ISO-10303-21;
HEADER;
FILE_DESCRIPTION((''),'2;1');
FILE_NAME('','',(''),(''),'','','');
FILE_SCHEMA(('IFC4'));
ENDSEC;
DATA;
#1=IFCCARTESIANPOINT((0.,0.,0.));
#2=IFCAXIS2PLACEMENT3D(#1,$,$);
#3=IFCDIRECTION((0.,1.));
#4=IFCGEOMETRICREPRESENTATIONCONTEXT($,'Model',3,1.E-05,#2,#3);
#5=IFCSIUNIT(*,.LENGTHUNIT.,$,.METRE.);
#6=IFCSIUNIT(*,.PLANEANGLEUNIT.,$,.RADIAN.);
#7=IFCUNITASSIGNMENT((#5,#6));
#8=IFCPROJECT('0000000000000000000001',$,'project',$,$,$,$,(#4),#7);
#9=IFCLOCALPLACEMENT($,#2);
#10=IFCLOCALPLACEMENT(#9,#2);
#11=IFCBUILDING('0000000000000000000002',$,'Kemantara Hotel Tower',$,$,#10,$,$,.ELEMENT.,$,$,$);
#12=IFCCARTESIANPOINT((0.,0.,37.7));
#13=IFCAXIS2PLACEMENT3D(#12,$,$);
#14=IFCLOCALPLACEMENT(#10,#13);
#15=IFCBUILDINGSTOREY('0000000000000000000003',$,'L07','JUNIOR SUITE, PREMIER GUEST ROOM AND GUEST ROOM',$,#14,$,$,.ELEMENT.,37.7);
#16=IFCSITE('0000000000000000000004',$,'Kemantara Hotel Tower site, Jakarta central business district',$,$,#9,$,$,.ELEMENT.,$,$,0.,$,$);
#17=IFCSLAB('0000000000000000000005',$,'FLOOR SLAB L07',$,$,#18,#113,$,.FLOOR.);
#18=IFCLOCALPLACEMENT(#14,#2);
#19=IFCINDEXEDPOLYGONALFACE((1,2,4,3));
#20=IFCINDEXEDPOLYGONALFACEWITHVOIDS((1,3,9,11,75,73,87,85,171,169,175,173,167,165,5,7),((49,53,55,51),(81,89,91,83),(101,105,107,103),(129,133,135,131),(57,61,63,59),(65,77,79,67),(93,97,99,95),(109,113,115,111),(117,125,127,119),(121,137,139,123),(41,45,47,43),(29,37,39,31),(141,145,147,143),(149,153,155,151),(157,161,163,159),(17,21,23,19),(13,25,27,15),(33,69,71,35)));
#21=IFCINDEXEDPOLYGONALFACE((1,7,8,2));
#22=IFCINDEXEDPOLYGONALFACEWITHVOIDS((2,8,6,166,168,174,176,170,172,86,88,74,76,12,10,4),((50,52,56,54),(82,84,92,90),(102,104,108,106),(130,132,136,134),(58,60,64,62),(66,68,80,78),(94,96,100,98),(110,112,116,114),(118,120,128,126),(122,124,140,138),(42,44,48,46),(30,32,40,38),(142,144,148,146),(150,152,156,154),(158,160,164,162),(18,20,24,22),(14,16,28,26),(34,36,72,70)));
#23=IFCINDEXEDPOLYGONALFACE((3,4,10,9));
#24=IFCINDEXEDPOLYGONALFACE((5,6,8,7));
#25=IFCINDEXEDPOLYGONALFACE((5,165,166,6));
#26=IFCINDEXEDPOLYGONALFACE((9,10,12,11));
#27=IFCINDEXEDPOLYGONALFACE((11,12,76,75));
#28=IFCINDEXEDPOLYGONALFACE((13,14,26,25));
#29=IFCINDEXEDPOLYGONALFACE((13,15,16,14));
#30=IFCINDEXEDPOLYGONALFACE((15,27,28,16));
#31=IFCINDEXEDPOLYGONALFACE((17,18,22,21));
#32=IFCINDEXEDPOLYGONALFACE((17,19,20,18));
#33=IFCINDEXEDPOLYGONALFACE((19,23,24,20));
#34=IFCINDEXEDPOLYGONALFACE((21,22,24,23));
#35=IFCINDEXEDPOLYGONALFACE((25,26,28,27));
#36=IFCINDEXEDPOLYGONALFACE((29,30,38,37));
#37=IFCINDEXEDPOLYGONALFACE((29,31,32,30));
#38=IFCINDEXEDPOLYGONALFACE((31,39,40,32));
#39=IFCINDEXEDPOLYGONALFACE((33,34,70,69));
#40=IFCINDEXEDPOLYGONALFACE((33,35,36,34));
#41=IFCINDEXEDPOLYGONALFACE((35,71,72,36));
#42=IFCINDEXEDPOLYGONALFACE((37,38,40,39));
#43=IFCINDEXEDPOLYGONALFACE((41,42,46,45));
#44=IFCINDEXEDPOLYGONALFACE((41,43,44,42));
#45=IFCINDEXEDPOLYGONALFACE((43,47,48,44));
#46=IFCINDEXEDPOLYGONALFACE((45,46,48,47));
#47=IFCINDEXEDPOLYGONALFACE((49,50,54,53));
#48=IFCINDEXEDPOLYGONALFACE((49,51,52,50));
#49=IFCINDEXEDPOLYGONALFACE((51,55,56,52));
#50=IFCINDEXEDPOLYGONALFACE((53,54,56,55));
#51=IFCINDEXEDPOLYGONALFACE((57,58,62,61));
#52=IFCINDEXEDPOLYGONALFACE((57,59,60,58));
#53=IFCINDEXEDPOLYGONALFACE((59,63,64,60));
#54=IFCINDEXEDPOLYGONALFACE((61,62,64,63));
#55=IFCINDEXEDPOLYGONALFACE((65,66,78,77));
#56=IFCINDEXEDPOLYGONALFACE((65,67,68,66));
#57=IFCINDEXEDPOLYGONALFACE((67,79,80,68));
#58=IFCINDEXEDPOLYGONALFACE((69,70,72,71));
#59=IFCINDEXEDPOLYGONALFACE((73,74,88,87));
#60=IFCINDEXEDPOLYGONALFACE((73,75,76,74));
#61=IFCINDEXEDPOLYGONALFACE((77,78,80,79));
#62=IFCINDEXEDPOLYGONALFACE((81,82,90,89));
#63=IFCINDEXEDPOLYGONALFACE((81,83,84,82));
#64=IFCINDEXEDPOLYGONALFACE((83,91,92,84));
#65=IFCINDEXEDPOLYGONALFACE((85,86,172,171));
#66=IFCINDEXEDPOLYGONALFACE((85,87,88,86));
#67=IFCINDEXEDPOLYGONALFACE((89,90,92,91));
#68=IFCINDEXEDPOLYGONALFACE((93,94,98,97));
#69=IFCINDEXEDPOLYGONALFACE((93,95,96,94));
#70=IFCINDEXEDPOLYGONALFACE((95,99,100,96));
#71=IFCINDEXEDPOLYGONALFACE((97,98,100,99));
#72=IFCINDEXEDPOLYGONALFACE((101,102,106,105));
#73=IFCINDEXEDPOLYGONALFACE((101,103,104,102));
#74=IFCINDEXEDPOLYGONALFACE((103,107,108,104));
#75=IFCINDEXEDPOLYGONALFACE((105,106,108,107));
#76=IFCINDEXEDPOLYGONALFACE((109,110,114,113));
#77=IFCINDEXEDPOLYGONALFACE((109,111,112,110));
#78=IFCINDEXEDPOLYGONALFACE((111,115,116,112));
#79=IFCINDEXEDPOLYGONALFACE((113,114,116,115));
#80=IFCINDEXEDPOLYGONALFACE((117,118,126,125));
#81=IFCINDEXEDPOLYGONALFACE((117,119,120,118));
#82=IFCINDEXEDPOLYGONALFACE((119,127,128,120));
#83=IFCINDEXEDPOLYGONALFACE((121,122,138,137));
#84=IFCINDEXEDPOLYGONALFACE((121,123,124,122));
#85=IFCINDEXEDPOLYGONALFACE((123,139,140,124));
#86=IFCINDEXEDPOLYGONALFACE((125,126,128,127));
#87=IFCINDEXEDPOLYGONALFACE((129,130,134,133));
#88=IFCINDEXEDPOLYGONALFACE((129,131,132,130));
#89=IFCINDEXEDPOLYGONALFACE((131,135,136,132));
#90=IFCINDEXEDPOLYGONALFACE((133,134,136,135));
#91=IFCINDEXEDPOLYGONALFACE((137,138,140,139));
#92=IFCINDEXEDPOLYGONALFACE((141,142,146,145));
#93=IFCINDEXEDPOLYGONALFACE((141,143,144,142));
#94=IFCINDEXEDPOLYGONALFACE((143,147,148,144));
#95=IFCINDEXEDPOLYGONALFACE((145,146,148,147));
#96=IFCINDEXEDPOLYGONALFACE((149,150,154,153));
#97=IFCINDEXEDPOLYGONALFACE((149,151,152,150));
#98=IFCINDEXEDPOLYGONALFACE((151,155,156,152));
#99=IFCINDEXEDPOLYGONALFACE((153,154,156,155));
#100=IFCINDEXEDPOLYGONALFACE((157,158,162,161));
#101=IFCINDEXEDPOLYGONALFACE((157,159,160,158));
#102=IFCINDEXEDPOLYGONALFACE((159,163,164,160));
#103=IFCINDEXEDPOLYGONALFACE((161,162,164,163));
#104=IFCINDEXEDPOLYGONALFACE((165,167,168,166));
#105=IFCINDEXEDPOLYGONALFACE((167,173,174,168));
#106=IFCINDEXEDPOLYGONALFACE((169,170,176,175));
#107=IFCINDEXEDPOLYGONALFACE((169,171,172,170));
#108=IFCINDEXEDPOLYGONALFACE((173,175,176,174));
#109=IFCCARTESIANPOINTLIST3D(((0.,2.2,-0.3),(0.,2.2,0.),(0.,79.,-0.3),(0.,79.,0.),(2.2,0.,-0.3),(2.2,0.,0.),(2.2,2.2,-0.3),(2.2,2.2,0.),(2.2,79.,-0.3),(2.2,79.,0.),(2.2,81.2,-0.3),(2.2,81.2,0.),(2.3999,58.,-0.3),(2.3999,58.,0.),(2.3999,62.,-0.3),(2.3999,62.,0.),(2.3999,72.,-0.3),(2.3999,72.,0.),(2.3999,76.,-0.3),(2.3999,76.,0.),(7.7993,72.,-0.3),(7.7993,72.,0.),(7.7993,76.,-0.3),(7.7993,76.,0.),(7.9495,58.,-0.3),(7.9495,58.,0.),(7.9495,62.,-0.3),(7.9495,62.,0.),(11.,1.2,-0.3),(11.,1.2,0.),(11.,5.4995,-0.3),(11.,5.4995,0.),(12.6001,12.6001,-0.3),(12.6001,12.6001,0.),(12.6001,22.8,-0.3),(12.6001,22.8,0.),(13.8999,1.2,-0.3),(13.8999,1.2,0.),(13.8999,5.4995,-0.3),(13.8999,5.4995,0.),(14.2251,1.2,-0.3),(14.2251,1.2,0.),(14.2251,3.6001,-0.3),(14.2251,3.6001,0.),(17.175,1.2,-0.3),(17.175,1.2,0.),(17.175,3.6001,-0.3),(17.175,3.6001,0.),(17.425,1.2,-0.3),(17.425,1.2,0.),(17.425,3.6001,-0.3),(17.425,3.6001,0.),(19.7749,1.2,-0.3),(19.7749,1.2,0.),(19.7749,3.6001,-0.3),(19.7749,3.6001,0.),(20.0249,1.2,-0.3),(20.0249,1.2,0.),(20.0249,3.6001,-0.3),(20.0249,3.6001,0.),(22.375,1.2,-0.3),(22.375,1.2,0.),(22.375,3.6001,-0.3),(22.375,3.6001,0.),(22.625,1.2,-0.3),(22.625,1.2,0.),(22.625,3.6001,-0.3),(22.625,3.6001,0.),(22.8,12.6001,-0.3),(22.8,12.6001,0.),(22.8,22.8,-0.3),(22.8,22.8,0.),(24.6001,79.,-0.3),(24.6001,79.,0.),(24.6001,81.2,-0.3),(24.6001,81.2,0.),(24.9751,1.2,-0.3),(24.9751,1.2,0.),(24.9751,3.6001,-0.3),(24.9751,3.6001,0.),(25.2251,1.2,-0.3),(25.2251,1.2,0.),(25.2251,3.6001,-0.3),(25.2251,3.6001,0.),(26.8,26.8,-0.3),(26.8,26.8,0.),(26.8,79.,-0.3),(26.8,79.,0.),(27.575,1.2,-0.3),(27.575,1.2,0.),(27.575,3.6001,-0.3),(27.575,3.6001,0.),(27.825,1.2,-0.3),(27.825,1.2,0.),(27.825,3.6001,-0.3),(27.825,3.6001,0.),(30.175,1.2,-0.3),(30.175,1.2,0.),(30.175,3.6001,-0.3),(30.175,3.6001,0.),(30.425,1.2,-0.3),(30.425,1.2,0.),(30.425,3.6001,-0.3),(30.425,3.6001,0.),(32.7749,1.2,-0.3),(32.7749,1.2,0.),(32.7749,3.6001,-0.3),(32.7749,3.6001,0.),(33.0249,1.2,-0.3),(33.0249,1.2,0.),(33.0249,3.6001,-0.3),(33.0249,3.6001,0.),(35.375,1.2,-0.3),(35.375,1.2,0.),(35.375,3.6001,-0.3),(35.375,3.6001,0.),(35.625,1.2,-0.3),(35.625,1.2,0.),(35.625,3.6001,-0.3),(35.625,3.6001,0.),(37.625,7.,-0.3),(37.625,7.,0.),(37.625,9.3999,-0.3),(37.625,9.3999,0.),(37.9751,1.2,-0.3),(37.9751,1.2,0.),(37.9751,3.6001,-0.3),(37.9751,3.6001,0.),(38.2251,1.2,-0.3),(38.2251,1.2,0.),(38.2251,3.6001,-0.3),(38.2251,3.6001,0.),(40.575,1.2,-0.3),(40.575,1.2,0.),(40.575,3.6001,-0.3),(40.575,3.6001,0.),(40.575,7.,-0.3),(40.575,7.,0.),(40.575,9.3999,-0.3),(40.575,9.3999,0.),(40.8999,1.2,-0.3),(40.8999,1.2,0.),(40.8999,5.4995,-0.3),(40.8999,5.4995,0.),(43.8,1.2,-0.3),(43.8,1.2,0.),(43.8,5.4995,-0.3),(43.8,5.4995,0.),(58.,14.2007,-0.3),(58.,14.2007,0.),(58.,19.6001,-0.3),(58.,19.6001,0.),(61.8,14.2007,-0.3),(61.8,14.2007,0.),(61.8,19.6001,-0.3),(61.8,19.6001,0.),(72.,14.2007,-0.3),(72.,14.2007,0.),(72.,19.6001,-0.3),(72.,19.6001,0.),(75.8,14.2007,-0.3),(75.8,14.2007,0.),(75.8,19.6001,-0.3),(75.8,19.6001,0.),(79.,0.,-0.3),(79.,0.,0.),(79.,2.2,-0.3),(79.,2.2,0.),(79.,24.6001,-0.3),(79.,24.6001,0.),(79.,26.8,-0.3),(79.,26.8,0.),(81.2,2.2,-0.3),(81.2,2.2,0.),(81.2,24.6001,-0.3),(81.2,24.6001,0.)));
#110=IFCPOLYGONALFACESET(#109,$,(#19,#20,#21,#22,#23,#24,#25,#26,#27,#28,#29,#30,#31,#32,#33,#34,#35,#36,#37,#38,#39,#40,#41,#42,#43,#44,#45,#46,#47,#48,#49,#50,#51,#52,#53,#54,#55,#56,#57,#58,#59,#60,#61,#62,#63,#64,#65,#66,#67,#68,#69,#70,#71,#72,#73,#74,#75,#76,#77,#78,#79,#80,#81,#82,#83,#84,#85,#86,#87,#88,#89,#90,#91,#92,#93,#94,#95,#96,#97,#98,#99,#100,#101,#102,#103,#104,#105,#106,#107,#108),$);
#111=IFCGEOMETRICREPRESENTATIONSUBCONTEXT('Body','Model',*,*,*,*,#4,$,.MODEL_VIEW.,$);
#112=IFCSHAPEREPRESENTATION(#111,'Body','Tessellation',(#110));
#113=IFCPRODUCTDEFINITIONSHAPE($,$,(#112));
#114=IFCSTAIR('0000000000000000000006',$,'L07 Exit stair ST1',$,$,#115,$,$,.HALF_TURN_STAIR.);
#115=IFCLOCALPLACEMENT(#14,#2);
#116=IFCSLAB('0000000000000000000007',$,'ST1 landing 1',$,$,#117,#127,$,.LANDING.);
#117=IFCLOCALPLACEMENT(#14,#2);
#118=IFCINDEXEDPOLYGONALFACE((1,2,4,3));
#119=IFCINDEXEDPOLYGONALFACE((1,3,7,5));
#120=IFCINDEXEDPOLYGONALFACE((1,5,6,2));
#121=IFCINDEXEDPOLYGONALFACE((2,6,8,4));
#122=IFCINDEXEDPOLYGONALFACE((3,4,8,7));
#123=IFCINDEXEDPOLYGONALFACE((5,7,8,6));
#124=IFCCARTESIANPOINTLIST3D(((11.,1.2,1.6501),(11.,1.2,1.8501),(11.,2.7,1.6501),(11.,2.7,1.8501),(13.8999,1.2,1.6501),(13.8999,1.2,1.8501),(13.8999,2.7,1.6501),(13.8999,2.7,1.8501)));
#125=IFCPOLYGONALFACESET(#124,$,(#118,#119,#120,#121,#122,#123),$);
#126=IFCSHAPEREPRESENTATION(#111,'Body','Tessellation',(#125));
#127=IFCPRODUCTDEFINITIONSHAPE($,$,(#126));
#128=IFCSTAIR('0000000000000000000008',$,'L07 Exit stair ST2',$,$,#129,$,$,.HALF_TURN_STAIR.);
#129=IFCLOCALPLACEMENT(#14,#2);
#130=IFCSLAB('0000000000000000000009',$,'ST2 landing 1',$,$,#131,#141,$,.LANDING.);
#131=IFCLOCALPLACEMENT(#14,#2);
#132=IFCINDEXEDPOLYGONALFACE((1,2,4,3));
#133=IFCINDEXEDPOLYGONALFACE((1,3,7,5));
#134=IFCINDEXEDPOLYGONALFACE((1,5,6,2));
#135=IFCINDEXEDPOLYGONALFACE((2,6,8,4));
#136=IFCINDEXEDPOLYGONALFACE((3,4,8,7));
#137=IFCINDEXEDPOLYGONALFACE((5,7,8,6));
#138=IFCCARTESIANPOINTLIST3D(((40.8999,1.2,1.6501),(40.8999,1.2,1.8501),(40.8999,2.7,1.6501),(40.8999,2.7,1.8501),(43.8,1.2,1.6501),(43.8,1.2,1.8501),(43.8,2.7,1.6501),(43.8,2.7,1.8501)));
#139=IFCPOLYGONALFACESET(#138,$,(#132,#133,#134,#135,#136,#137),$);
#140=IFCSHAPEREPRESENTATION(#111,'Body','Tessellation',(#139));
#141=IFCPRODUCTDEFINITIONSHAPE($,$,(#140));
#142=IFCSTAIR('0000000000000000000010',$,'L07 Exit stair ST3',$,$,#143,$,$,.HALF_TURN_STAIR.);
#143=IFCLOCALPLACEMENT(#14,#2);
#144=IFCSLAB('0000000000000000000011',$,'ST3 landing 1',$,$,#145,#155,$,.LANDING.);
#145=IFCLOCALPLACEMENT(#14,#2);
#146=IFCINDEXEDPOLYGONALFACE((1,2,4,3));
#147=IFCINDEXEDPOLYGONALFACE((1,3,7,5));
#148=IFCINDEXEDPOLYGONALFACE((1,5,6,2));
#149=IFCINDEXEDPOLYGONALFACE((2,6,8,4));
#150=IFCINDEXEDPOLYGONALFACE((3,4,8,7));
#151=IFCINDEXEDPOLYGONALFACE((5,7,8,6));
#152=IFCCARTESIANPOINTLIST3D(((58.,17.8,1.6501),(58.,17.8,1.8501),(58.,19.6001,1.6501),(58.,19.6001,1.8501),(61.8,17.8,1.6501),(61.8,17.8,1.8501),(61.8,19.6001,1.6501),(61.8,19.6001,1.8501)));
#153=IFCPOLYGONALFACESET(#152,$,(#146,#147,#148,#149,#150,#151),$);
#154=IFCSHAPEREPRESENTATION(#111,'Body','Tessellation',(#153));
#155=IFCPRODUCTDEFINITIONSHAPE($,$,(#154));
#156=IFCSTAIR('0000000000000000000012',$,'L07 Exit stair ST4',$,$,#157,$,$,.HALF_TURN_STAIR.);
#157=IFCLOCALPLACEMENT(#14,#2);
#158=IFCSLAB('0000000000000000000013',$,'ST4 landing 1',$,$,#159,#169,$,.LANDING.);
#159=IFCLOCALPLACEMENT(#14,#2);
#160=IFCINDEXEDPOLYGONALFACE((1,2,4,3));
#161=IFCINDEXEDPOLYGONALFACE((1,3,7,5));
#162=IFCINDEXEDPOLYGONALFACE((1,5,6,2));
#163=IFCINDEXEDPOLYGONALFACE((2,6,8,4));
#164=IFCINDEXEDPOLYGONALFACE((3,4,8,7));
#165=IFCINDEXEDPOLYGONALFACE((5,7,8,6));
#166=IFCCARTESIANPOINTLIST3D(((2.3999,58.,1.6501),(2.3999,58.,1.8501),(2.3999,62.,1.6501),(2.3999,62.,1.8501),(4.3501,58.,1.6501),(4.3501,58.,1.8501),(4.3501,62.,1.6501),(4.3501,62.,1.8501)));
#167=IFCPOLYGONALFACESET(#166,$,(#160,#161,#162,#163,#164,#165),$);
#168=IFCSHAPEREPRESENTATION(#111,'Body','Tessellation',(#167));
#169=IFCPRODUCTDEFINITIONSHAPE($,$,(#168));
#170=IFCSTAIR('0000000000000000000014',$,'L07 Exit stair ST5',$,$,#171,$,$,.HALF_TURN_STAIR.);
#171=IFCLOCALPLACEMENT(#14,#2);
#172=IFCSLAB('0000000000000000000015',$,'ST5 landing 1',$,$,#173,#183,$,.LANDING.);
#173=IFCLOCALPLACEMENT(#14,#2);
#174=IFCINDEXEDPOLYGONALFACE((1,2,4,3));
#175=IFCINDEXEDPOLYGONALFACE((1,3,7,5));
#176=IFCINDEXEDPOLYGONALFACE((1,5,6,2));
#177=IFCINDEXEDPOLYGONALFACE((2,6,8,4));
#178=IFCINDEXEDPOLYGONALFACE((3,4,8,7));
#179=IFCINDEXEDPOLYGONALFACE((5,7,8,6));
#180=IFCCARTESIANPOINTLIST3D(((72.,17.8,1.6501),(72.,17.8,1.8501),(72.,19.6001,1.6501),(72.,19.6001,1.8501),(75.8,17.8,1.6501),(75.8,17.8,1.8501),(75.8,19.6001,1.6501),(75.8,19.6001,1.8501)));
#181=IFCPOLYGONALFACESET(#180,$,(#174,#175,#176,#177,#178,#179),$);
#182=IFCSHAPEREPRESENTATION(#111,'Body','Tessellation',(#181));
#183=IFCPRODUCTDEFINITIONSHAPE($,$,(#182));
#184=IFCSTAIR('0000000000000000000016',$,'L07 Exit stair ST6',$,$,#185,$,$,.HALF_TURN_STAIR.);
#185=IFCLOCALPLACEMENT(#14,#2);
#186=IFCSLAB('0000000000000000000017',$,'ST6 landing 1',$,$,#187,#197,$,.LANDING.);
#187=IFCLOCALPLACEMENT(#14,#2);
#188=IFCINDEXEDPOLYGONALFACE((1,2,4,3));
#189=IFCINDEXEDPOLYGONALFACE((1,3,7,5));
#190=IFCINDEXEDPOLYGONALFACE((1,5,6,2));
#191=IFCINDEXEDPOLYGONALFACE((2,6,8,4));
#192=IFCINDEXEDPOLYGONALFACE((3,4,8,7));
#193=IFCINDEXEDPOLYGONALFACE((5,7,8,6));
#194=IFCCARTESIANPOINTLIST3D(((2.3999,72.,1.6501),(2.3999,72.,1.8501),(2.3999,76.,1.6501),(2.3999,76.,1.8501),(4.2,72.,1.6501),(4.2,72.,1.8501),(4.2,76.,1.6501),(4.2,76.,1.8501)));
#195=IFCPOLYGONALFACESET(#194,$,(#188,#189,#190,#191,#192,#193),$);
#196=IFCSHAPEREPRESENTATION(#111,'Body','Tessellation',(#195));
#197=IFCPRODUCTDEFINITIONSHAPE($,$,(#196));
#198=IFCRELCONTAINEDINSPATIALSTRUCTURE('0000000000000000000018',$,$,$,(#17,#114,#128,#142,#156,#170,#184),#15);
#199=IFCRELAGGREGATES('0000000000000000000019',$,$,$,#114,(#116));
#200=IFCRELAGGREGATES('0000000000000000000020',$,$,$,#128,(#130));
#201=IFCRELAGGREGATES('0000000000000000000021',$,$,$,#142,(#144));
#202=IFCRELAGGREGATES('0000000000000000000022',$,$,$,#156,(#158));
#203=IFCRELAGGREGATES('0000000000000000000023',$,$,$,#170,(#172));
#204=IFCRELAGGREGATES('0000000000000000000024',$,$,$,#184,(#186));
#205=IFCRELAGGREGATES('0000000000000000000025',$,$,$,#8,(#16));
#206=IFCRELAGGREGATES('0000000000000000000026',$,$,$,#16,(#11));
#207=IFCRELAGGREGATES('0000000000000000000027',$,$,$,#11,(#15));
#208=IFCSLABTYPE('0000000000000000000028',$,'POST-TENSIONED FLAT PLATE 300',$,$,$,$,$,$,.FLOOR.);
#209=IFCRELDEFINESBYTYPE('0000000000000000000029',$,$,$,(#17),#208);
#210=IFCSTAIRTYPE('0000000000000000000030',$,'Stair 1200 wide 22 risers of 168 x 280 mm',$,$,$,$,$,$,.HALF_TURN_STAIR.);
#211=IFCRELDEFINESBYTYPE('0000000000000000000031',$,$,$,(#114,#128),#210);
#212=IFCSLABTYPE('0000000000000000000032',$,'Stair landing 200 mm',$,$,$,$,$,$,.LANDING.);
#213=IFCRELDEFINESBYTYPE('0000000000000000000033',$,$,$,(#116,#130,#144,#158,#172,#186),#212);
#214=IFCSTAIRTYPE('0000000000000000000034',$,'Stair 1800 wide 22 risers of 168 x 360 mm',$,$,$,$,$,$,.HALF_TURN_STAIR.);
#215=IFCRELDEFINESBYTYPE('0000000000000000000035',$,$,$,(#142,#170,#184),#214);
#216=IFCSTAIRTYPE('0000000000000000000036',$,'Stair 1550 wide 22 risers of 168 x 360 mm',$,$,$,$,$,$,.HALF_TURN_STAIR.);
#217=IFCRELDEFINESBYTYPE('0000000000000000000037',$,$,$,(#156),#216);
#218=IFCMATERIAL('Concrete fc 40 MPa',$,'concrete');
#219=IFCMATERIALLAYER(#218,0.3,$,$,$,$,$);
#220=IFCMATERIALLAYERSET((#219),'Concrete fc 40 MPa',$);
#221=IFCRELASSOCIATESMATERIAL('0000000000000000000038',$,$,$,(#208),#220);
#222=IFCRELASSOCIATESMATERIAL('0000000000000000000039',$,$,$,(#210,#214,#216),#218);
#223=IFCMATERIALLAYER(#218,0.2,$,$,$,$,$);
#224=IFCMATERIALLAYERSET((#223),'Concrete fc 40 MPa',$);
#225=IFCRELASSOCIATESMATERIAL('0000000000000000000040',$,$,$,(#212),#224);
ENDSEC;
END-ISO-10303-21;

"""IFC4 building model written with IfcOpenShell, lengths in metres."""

from ifc_helpers import new_model, si_unit, direction, frame, origin, place, context, subcontext, project, spatial, polyline, outline, extrude, material, layer, layer_set, type_object, element, aggregate, save


model = new_model("IFC4")

# Units and contexts
model_context = context("Model", 3, precision=1e-05, world=origin(), true_north=direction((0.0, 1.0)))
body_context = subcontext(model_context, "Body", "Model", "MODEL_VIEW")
ifc_project = project(units=[si_unit("LENGTHUNIT", "METRE"), si_unit("PLANEANGLEUNIT", "RADIAN")], contexts=[model_context])

# Site, building, storey
site_placement = place(None, origin())
site = spatial("IfcSite", under=ifc_project, at=site_placement, Name="Kemantara Hotel Tower site, Jakarta central business district", CompositionType="ELEMENT", RefElevation=0.0)
building_placement = place(site_placement, origin())
building = spatial("IfcBuilding", under=site, at=building_placement, Name="Kemantara Hotel Tower", CompositionType="ELEMENT")
storey_placement = place(building_placement, frame((0.0, 0.0, 37.7)))
storey = spatial("IfcBuildingStorey", under=building, at=storey_placement, Name="L07", Description="JUNIOR SUITE, PREMIER GUEST ROOM AND GUEST ROOM", CompositionType="ELEMENT", Elevation=37.7)

# Slab
ifc_material_1 = material(Name="Concrete fc 40 MPa", Category="concrete")
ifc_layer_1 = layer(ifc_material_1, 0.3)
ifc_layer_set_1 = layer_set([ifc_layer_1], Name="Concrete fc 40 MPa")
slab_type_1 = type_object("IfcSlabType", Name="POST-TENSIONED FLAT PLATE 300", PredefinedType="FLOOR", material=ifc_layer_set_1)
slab_1_placement = place(storey_placement, frame((0.0, 0.0, -0.3)))
element("IfcSlab", 1, at=slab_1_placement, inside=storey, type_object=slab_type_1, Name="FLOOR SLAB L07", PredefinedType="FLOOR", context=body_context, shape_type="SweptSolid", body=[
    extrude(outline(polyline([(0.0, 2.2), (2.2, 2.2), (2.2, 0.0), (79.0, 0.0), (79.0, 2.2), (81.2, 2.2), (81.2, 24.6001), (79.0, 24.6001), (79.0, 26.8), (26.8, 26.8), (26.8, 79.0), (24.6001, 79.0), (24.6001, 81.2), (2.2, 81.2), (2.2, 79.0), (0.0, 79.0), (0.0, 2.2)]), holes=[polyline([(17.175, 1.2), (14.2251, 1.2), (14.2251, 3.6001), (17.175, 3.6001), (17.175, 1.2)]), polyline([(19.7749, 1.2), (17.425, 1.2), (17.425, 3.6001), (19.7749, 3.6001), (19.7749, 1.2)]), polyline([(22.375, 1.2), (20.0249, 1.2), (20.0249, 3.6001), (22.375, 3.6001), (22.375, 1.2)]), polyline([(24.9751, 1.2), (22.625, 1.2), (22.625, 3.6001), (24.9751, 3.6001), (24.9751, 1.2)]), polyline([(27.575, 1.2), (25.2251, 1.2), (25.2251, 3.6001), (27.575, 3.6001), (27.575, 1.2)]), polyline([(11.0, 1.2), (11.0, 5.4995), (13.8999, 5.4995), (13.8999, 1.2), (11.0, 1.2)]), polyline([(22.8, 12.6001), (12.6001, 12.6001), (12.6001, 22.8), (22.8, 22.8), (22.8, 12.6001)]), polyline([(7.9495, 62.0), (7.9495, 58.0), (2.3999, 58.0), (2.3999, 62.0), (7.9495, 62.0)]), polyline([(7.7993, 76.0), (7.7993, 72.0), (2.3999, 72.0), (2.3999, 76.0), (7.7993, 76.0)]), polyline([(30.175, 1.2), (27.825, 1.2), (27.825, 3.6001), (30.175, 3.6001), (30.175, 1.2)]), polyline([(32.7749, 1.2), (30.425, 1.2), (30.425, 3.6001), (32.7749, 3.6001), (32.7749, 1.2)]), polyline([(35.375, 1.2), (33.0249, 1.2), (33.0249, 3.6001), (35.375, 3.6001), (35.375, 1.2)]), polyline([(37.9751, 1.2), (35.625, 1.2), (35.625, 3.6001), (37.9751, 3.6001), (37.9751, 1.2)]), polyline([(40.575, 1.2), (38.2251, 1.2), (38.2251, 3.6001), (40.575, 3.6001), (40.575, 1.2)]), polyline([(40.8999, 1.2), (40.8999, 5.4995), (43.8, 5.4995), (43.8, 1.2), (40.8999, 1.2)]), polyline([(40.575, 7.0), (37.625, 7.0), (37.625, 9.3999), (40.575, 9.3999), (40.575, 7.0)]), polyline([(61.8, 14.2007), (58.0, 14.2007), (58.0, 19.6001), (61.8, 19.6001), (61.8, 14.2007)]), polyline([(75.8, 14.2007), (72.0, 14.2007), (72.0, 19.6001), (75.8, 19.6001), (75.8, 14.2007)])]), origin(), (0.0, 0.0, 1.0), 0.3),
])

# Stairs, slabs
stair_type_1 = type_object("IfcStairType", Name="Stair 1200 wide 22 risers of 168 x 280 mm", PredefinedType="HALF_TURN_STAIR", material=ifc_material_1)
stair_1_placement = place(storey_placement, origin())
stair_1 = element("IfcStair", 2, at=stair_1_placement, inside=storey, type_object=stair_type_1, Name="L07 Exit stair ST1", PredefinedType="HALF_TURN_STAIR")
ifc_layer_2 = layer(ifc_material_1, 0.2)
ifc_layer_set_2 = layer_set([ifc_layer_2], Name="Concrete fc 40 MPa")
slab_type_2 = type_object("IfcSlabType", Name="Stair landing 200 mm", PredefinedType="LANDING", material=ifc_layer_set_2)
slab_2_placement = place(storey_placement, frame((0.0, 0.0, 1.6501)))
slab_2 = element("IfcSlab", 3, at=slab_2_placement, type_object=slab_type_2, Name="ST1 landing 1", PredefinedType="LANDING", context=body_context, shape_type="SweptSolid", body=[
    extrude(outline(polyline([(11.0, 2.7), (11.0, 1.2), (13.8999, 1.2), (13.8999, 2.7), (11.0, 2.7)])), origin(), (0.0, 0.0, 1.0), 0.2),
])
aggregate(stair_1, [slab_2])
stair_2_placement = place(storey_placement, origin())
stair_2 = element("IfcStair", 4, at=stair_2_placement, inside=storey, type_object=stair_type_1, Name="L07 Exit stair ST2", PredefinedType="HALF_TURN_STAIR")
slab_3_placement = place(storey_placement, frame((0.0, 0.0, 1.6501)))
slab_3 = element("IfcSlab", 5, at=slab_3_placement, type_object=slab_type_2, Name="ST2 landing 1", PredefinedType="LANDING", context=body_context, shape_type="SweptSolid", body=[
    extrude(outline(polyline([(40.8999, 2.7), (40.8999, 1.2), (43.8, 1.2), (43.8, 2.7), (40.8999, 2.7)])), origin(), (0.0, 0.0, 1.0), 0.2),
])
aggregate(stair_2, [slab_3])
stair_type_2 = type_object("IfcStairType", Name="Stair 1800 wide 22 risers of 168 x 360 mm", PredefinedType="HALF_TURN_STAIR", material=ifc_material_1)
stair_3_placement = place(storey_placement, origin())
stair_3 = element("IfcStair", 6, at=stair_3_placement, inside=storey, type_object=stair_type_2, Name="L07 Exit stair ST3", PredefinedType="HALF_TURN_STAIR")
slab_4_placement = place(storey_placement, frame((0.0, 0.0, 1.6501)))
slab_4 = element("IfcSlab", 7, at=slab_4_placement, type_object=slab_type_2, Name="ST3 landing 1", PredefinedType="LANDING", context=body_context, shape_type="SweptSolid", body=[
    extrude(outline(polyline([(61.8, 17.8), (61.8, 19.6001), (58.0, 19.6001), (58.0, 17.8), (61.8, 17.8)])), origin(), (0.0, 0.0, 1.0), 0.2),
])
aggregate(stair_3, [slab_4])
stair_type_3 = type_object("IfcStairType", Name="Stair 1550 wide 22 risers of 168 x 360 mm", PredefinedType="HALF_TURN_STAIR", material=ifc_material_1)
stair_4_placement = place(storey_placement, origin())
stair_4 = element("IfcStair", 8, at=stair_4_placement, inside=storey, type_object=stair_type_3, Name="L07 Exit stair ST4", PredefinedType="HALF_TURN_STAIR")
slab_5_placement = place(storey_placement, frame((0.0, 0.0, 1.6501)))
slab_5 = element("IfcSlab", 9, at=slab_5_placement, type_object=slab_type_2, Name="ST4 landing 1", PredefinedType="LANDING", context=body_context, shape_type="SweptSolid", body=[
    extrude(outline(polyline([(4.3501, 62.0), (2.3999, 62.0), (2.3999, 58.0), (4.3501, 58.0), (4.3501, 62.0)])), origin(), (0.0, 0.0, 1.0), 0.2),
])
aggregate(stair_4, [slab_5])
stair_5_placement = place(storey_placement, origin())
stair_5 = element("IfcStair", 10, at=stair_5_placement, inside=storey, type_object=stair_type_2, Name="L07 Exit stair ST5", PredefinedType="HALF_TURN_STAIR")
slab_6_placement = place(storey_placement, frame((0.0, 0.0, 1.6501)))
slab_6 = element("IfcSlab", 11, at=slab_6_placement, type_object=slab_type_2, Name="ST5 landing 1", PredefinedType="LANDING", context=body_context, shape_type="SweptSolid", body=[
    extrude(outline(polyline([(75.8, 17.8), (75.8, 19.6001), (72.0, 19.6001), (72.0, 17.8), (75.8, 17.8)])), origin(), (0.0, 0.0, 1.0), 0.2),
])
aggregate(stair_5, [slab_6])
stair_6_placement = place(storey_placement, origin())
stair_6 = element("IfcStair", 12, at=stair_6_placement, inside=storey, type_object=stair_type_2, Name="L07 Exit stair ST6", PredefinedType="HALF_TURN_STAIR")
slab_7_placement = place(storey_placement, frame((0.0, 0.0, 1.6501)))
slab_7 = element("IfcSlab", 13, at=slab_7_placement, type_object=slab_type_2, Name="ST6 landing 1", PredefinedType="LANDING", context=body_context, shape_type="SweptSolid", body=[
    extrude(outline(polyline([(4.2, 76.0), (2.3999, 76.0), (2.3999, 72.0), (4.2, 72.0), (4.2, 76.0)])), origin(), (0.0, 0.0, 1.0), 0.2),
])
aggregate(stair_6, [slab_7])

save(model, "model.ifc")
